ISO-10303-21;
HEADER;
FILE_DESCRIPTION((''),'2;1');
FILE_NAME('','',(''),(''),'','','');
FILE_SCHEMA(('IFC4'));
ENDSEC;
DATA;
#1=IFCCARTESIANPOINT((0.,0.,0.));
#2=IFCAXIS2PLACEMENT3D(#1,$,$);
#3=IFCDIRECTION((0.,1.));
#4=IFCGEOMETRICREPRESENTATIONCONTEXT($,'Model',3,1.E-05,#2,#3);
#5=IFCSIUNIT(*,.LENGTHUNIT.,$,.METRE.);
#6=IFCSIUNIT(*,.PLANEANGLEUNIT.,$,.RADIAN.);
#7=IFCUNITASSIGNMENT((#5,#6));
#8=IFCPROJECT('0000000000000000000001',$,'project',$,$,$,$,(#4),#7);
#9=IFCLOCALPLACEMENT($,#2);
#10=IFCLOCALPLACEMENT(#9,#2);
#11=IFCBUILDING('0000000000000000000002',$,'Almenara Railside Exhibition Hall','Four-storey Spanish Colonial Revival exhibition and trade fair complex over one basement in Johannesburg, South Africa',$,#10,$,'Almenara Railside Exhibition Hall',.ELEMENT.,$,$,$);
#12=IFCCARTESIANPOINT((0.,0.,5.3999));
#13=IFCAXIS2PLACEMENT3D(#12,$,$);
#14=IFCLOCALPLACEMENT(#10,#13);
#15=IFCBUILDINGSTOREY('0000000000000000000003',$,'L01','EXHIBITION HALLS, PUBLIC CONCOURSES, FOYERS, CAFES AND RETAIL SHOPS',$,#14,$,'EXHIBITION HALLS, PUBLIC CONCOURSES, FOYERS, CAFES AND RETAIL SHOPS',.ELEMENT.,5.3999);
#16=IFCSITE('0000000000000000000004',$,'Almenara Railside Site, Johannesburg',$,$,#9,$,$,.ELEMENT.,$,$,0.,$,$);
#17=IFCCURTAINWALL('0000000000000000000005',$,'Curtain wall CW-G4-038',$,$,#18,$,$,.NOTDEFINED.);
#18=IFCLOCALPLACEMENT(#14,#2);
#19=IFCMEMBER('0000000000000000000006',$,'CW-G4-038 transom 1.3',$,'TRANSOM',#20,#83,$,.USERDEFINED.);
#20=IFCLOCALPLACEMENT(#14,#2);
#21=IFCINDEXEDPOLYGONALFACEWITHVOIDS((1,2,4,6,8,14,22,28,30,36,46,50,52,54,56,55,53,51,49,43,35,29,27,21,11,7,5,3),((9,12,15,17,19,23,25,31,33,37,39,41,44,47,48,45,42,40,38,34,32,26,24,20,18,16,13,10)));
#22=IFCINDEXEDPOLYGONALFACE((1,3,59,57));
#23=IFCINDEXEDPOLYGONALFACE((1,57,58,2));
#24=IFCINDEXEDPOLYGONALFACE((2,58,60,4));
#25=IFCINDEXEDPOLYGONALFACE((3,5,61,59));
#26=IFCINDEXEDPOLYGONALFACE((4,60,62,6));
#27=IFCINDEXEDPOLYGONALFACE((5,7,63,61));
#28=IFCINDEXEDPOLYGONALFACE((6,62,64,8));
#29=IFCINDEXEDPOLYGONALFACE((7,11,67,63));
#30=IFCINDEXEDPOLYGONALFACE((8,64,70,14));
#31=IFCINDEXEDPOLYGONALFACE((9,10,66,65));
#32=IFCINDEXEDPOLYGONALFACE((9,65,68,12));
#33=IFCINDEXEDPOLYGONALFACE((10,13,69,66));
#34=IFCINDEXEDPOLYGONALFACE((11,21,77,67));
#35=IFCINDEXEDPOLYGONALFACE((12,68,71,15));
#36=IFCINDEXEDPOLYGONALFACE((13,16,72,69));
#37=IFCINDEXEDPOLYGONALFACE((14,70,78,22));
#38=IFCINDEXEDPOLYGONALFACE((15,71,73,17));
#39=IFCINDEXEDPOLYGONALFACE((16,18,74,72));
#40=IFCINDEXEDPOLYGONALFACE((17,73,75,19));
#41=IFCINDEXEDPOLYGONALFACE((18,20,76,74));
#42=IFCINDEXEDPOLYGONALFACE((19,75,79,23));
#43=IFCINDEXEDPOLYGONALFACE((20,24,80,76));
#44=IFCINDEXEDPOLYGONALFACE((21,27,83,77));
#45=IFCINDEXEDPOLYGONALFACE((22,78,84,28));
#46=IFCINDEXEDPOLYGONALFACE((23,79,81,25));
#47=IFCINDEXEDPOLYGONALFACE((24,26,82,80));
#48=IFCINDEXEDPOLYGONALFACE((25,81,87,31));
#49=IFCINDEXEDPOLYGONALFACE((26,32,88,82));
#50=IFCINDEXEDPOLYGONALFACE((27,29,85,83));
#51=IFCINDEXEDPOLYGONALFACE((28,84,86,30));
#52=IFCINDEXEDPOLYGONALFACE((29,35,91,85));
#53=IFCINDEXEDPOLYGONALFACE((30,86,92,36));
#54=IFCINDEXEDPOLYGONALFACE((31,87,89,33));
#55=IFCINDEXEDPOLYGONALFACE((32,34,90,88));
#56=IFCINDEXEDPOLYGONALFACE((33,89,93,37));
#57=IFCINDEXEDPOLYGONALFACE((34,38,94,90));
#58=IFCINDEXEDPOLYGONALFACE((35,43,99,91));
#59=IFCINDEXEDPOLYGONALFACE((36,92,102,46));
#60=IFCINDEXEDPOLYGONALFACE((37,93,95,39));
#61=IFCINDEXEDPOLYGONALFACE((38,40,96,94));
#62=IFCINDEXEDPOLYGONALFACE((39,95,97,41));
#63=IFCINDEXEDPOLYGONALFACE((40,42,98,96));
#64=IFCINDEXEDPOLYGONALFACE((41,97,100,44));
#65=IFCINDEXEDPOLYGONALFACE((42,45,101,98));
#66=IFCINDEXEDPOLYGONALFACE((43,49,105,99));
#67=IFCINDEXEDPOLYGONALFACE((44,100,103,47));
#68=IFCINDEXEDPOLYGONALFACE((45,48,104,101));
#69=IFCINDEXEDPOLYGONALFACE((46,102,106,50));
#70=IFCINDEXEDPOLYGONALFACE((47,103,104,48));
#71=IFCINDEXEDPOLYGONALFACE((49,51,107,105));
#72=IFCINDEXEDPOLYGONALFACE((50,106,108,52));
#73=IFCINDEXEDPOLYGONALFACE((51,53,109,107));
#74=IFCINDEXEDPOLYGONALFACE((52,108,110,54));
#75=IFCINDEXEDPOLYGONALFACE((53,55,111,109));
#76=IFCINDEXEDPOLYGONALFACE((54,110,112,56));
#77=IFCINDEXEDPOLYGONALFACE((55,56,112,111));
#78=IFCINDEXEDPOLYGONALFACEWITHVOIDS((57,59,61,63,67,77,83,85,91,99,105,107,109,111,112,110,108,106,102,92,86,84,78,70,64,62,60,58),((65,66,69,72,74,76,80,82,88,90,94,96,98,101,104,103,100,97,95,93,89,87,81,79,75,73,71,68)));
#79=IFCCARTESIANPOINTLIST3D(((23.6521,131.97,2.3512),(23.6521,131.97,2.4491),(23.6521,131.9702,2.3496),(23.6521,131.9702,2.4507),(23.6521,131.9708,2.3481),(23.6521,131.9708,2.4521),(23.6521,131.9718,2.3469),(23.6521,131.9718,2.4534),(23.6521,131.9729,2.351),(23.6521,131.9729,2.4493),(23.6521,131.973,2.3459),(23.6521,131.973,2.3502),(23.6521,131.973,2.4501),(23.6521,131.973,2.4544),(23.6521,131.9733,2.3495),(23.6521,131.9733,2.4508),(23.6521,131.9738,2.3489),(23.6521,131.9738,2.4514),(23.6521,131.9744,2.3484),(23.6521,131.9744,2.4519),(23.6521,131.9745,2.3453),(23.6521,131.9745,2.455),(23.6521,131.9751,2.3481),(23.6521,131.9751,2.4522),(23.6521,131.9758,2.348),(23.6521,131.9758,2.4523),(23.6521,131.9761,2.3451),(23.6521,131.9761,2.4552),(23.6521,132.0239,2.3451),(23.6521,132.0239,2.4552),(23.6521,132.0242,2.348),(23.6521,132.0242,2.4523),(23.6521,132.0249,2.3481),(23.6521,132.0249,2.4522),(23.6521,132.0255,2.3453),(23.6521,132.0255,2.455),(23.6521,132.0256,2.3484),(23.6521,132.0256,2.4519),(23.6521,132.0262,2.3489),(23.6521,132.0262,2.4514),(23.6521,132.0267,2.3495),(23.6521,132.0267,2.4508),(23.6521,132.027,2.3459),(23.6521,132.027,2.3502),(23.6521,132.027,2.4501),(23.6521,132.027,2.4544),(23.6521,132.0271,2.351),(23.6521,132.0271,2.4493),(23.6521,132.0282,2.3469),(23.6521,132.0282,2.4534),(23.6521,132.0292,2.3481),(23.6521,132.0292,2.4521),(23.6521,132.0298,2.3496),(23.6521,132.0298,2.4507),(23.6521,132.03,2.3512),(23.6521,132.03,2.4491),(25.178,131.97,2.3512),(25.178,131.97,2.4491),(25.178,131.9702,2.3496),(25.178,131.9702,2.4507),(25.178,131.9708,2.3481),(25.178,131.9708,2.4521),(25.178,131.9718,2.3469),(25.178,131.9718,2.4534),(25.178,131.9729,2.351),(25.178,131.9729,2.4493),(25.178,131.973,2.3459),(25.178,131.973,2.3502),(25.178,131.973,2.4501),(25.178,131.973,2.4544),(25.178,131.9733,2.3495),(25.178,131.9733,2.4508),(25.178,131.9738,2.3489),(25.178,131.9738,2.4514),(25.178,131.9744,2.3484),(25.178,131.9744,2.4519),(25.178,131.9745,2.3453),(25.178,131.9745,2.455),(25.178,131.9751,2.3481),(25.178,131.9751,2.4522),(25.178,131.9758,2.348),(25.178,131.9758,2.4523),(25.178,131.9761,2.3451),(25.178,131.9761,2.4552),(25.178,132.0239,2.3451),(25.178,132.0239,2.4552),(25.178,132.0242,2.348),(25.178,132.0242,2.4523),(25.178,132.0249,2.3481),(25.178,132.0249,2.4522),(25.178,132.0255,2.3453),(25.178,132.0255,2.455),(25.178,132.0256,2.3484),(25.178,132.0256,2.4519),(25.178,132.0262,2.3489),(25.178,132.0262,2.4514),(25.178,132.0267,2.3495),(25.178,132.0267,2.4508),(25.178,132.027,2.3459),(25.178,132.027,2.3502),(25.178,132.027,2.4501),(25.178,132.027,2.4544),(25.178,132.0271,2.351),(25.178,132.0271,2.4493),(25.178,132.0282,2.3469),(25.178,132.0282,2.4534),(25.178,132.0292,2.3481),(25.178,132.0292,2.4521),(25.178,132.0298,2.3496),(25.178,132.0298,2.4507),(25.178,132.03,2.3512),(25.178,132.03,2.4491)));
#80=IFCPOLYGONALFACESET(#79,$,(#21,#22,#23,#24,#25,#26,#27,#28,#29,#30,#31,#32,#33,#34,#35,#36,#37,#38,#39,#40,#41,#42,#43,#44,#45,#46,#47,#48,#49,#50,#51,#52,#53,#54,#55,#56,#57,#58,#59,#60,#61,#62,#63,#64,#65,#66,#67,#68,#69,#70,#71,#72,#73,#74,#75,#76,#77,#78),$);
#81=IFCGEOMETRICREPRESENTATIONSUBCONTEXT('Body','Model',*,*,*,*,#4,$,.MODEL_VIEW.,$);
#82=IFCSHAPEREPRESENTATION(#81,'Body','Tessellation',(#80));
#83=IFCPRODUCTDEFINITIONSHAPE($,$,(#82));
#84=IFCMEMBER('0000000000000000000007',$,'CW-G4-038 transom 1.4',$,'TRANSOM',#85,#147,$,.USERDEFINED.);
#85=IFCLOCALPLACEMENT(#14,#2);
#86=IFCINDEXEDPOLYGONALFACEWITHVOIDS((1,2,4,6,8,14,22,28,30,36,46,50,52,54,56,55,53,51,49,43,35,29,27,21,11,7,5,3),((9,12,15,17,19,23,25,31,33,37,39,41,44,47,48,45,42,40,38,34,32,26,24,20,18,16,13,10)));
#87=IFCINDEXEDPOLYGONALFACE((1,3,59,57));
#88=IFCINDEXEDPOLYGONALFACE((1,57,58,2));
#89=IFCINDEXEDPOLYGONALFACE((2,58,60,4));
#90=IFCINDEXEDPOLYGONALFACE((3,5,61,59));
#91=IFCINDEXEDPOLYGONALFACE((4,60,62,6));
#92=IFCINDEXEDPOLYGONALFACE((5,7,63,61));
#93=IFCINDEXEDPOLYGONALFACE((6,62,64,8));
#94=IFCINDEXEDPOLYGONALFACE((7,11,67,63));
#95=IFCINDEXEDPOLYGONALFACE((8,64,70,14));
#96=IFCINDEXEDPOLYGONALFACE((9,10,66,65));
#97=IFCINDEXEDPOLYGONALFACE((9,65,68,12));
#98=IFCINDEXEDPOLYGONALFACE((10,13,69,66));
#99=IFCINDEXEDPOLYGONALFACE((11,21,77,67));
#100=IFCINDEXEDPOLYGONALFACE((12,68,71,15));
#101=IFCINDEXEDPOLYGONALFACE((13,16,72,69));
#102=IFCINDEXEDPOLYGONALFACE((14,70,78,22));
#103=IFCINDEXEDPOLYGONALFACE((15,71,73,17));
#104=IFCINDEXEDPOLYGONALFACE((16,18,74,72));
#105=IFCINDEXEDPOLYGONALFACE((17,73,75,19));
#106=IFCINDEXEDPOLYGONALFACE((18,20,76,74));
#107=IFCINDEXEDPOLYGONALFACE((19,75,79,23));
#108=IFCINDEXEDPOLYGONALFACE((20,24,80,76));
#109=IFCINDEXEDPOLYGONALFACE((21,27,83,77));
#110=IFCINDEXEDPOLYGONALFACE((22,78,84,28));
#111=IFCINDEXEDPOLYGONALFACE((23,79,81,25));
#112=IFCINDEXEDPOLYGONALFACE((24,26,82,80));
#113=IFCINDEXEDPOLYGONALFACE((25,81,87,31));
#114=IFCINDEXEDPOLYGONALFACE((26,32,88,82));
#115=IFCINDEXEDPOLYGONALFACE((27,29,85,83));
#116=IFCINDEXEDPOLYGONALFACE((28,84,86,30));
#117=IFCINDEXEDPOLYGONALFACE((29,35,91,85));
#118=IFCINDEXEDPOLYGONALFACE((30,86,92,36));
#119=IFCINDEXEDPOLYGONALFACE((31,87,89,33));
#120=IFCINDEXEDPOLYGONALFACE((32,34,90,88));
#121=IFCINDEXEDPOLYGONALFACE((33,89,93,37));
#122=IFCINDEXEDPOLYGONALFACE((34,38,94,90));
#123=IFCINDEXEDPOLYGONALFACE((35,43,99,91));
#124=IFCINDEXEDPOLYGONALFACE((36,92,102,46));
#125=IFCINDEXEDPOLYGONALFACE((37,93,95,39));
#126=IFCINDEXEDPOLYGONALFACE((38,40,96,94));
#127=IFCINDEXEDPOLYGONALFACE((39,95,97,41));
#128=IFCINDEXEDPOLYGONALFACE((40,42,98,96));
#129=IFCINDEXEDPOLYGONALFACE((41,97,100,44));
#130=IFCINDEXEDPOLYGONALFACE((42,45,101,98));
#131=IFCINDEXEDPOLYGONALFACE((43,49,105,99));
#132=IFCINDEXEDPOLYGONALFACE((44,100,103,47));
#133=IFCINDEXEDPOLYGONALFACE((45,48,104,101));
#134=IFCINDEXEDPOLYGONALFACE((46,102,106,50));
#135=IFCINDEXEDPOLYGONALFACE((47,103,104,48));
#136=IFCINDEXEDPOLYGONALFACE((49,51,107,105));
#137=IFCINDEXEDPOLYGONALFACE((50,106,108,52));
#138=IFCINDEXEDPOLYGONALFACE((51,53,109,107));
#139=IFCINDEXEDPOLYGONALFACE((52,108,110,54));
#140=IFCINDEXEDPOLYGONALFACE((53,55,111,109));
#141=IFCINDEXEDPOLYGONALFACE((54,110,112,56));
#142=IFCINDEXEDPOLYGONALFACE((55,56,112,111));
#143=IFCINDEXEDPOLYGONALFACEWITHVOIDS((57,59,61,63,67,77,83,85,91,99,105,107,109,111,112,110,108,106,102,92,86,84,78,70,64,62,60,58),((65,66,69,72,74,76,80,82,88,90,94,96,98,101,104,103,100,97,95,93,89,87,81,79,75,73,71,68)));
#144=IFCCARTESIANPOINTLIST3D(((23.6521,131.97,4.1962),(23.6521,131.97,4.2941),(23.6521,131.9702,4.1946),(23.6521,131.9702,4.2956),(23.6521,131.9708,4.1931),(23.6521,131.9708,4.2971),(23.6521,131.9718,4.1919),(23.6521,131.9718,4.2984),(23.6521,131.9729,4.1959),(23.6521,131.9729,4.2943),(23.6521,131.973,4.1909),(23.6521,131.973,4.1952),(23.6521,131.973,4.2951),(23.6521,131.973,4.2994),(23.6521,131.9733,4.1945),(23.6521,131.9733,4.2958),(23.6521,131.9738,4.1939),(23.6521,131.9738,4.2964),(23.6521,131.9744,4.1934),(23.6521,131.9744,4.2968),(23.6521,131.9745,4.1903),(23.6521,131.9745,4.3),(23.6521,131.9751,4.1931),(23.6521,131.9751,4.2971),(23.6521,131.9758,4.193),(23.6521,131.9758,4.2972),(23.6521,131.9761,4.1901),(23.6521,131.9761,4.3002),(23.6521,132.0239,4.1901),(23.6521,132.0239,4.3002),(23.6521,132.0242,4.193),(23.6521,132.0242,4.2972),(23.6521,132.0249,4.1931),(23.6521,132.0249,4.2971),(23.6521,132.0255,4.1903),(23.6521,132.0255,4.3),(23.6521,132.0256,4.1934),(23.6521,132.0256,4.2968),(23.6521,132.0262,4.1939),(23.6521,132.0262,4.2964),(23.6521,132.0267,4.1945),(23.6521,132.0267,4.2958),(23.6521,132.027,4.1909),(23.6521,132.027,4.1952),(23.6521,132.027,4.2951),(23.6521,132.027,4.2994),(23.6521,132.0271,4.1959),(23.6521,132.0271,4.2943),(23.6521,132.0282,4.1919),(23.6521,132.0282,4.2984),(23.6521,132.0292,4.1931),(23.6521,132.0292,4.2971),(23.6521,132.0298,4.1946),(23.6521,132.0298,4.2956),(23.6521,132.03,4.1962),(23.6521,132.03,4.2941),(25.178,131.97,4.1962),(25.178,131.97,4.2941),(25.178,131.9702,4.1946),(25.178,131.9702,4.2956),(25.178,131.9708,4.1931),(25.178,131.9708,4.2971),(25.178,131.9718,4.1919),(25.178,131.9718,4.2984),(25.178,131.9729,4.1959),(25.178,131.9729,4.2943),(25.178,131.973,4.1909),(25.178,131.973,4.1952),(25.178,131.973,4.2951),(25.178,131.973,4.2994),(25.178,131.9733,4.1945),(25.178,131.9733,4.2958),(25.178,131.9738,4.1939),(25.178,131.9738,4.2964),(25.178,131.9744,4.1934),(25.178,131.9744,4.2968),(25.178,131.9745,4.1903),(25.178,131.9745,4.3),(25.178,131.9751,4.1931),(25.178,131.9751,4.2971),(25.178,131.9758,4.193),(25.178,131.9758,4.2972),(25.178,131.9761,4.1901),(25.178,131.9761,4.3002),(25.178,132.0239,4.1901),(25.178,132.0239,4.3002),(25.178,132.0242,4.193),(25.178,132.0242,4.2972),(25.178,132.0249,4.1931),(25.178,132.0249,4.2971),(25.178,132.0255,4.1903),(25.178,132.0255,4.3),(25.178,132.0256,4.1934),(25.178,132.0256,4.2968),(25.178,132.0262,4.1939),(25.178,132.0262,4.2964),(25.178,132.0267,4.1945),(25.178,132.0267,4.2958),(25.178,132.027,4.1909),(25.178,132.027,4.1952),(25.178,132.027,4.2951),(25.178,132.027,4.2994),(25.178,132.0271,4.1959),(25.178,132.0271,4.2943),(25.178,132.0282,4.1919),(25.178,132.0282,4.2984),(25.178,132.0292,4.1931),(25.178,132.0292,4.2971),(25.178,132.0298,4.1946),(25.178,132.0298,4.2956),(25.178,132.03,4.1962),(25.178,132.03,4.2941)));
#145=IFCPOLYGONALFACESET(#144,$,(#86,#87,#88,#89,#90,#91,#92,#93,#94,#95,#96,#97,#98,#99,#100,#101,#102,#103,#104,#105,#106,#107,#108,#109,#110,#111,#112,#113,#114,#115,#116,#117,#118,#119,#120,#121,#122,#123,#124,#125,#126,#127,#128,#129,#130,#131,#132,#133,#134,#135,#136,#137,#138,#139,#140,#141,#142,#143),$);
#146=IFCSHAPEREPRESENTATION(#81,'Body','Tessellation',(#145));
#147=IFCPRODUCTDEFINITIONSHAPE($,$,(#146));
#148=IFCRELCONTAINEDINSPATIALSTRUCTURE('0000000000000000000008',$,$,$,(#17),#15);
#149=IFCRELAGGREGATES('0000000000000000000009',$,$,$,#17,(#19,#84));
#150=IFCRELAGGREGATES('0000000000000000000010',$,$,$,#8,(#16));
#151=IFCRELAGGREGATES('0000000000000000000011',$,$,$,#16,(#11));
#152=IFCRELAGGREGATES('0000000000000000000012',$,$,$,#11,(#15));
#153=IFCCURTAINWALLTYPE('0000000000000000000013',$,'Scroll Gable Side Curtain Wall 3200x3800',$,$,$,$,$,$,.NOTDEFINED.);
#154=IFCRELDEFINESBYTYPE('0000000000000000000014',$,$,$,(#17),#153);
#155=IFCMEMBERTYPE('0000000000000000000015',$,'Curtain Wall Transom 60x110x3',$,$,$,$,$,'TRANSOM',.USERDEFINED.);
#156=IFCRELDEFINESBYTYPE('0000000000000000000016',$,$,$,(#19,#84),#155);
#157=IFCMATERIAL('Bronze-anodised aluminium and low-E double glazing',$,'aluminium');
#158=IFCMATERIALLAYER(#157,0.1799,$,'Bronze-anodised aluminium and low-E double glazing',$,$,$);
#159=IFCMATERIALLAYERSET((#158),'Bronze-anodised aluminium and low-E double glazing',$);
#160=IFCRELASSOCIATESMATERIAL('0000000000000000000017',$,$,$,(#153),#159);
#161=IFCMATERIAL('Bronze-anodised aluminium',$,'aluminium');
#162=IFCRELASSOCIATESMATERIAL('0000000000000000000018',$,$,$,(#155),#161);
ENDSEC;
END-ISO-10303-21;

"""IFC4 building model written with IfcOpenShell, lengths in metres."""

from ifc_helpers import new_model, si_unit, direction, frame, origin, origin_2d, place, context, subcontext, project, spatial, hollow_rectangle, extrude, material, layer, layer_set, material_profile, profile_set, type_object, element, aggregate, save


model = new_model("IFC4")

# Units and contexts
model_context = context("Model", 3, precision=1e-05, world=origin(), true_north=direction((0.0, 1.0)))
body_context = subcontext(model_context, "Body", "Model", "MODEL_VIEW")
ifc_project = project(units=[si_unit("LENGTHUNIT", "METRE"), si_unit("PLANEANGLEUNIT", "RADIAN")], contexts=[model_context])

# Site, building, storey
site_placement = place(None, origin())
site = spatial("IfcSite", under=ifc_project, at=site_placement, Name="Almenara Railside Site, Johannesburg", CompositionType="ELEMENT", RefElevation=0.0)
building_placement = place(site_placement, origin())
building = spatial("IfcBuilding", under=site, at=building_placement, Name="Almenara Railside Exhibition Hall", Description="Four-storey Spanish Colonial Revival exhibition and trade fair complex over one basement in Johannesburg, South Africa", LongName="Almenara Railside Exhibition Hall", CompositionType="ELEMENT")
storey_placement = place(building_placement, frame((0.0, 0.0, 5.3999)))
storey = spatial("IfcBuildingStorey", under=building, at=storey_placement, Name="L01", Description="EXHIBITION HALLS, PUBLIC CONCOURSES, FOYERS, CAFES AND RETAIL SHOPS", LongName="EXHIBITION HALLS, PUBLIC CONCOURSES, FOYERS, CAFES AND RETAIL SHOPS", CompositionType="ELEMENT", Elevation=5.3999)

# Curtain wall, members
ifc_material_1 = material(Name="Bronze-anodised aluminium and low-E double glazing", Category="aluminium")
ifc_layer_1 = layer(ifc_material_1, 0.1799, Name="Bronze-anodised aluminium and low-E double glazing")
ifc_layer_set_1 = layer_set([ifc_layer_1], Name="Bronze-anodised aluminium and low-E double glazing")
curtain_wall_type = type_object("IfcCurtainWallType", Name="Scroll Gable Side Curtain Wall 3200x3800", PredefinedType="NOTDEFINED", material=ifc_layer_set_1)
curtain_wall_placement = place(storey_placement, origin())
curtain_wall = element("IfcCurtainWall", 1, at=curtain_wall_placement, inside=storey, type_object=curtain_wall_type, Name="Curtain wall CW-G4-038", PredefinedType="NOTDEFINED")
ifc_material_2 = material(Name="Bronze-anodised aluminium", Category="aluminium")
ifc_material_profile_1 = material_profile(ifc_material_2, hollow_rectangle(XDim=0.0601, YDim=0.1101, WallThickness=0.0029, InnerFilletRadius=0.0029, OuterFilletRadius=0.0061, at=origin_2d()), Name="ALU-TRN 60x110x3")
ifc_profile_set_1 = profile_set([ifc_material_profile_1], Name="Bronze-anodised aluminium")
member_type_1 = type_object("IfcMemberType", Name="Curtain Wall Transom 60x110x3", ElementType="TRANSOM", PredefinedType="USERDEFINED", material=ifc_profile_set_1)
member_1_placement = place(storey_placement, frame((23.6521, 132.0, 2.4001), z_axis=(1.0, 0.0, 0.0), x_axis=(0.0, 1.0, 0.0)))
member_1 = element("IfcMember", 2, at=member_1_placement, type_object=member_type_1, Name="CW-G4-038 transom 1.3", ObjectType="TRANSOM", PredefinedType="USERDEFINED", context=body_context, shape_type="SweptSolid", body=[
    extrude(hollow_rectangle(XDim=0.0601, YDim=0.1101, WallThickness=0.0029, InnerFilletRadius=0.0029, OuterFilletRadius=0.0061, at=origin_2d()), origin(), (0.0, 0.0, 1.0), 1.5259),
])
member_2_placement = place(storey_placement, frame((23.6521, 132.0, 4.2451), z_axis=(1.0, 0.0, 0.0), x_axis=(0.0, 1.0, 0.0)))
member_2 = element("IfcMember", 3, at=member_2_placement, type_object=member_type_1, Name="CW-G4-038 transom 1.4", ObjectType="TRANSOM", PredefinedType="USERDEFINED", context=body_context, shape_type="SweptSolid", body=[
    extrude(hollow_rectangle(XDim=0.0601, YDim=0.1101, WallThickness=0.0029, InnerFilletRadius=0.0029, OuterFilletRadius=0.0061, at=origin_2d()), origin(), (0.0, 0.0, 1.0), 1.5259),
])

aggregate(curtain_wall, [member_1, member_2])

save(model, "model.ifc")
